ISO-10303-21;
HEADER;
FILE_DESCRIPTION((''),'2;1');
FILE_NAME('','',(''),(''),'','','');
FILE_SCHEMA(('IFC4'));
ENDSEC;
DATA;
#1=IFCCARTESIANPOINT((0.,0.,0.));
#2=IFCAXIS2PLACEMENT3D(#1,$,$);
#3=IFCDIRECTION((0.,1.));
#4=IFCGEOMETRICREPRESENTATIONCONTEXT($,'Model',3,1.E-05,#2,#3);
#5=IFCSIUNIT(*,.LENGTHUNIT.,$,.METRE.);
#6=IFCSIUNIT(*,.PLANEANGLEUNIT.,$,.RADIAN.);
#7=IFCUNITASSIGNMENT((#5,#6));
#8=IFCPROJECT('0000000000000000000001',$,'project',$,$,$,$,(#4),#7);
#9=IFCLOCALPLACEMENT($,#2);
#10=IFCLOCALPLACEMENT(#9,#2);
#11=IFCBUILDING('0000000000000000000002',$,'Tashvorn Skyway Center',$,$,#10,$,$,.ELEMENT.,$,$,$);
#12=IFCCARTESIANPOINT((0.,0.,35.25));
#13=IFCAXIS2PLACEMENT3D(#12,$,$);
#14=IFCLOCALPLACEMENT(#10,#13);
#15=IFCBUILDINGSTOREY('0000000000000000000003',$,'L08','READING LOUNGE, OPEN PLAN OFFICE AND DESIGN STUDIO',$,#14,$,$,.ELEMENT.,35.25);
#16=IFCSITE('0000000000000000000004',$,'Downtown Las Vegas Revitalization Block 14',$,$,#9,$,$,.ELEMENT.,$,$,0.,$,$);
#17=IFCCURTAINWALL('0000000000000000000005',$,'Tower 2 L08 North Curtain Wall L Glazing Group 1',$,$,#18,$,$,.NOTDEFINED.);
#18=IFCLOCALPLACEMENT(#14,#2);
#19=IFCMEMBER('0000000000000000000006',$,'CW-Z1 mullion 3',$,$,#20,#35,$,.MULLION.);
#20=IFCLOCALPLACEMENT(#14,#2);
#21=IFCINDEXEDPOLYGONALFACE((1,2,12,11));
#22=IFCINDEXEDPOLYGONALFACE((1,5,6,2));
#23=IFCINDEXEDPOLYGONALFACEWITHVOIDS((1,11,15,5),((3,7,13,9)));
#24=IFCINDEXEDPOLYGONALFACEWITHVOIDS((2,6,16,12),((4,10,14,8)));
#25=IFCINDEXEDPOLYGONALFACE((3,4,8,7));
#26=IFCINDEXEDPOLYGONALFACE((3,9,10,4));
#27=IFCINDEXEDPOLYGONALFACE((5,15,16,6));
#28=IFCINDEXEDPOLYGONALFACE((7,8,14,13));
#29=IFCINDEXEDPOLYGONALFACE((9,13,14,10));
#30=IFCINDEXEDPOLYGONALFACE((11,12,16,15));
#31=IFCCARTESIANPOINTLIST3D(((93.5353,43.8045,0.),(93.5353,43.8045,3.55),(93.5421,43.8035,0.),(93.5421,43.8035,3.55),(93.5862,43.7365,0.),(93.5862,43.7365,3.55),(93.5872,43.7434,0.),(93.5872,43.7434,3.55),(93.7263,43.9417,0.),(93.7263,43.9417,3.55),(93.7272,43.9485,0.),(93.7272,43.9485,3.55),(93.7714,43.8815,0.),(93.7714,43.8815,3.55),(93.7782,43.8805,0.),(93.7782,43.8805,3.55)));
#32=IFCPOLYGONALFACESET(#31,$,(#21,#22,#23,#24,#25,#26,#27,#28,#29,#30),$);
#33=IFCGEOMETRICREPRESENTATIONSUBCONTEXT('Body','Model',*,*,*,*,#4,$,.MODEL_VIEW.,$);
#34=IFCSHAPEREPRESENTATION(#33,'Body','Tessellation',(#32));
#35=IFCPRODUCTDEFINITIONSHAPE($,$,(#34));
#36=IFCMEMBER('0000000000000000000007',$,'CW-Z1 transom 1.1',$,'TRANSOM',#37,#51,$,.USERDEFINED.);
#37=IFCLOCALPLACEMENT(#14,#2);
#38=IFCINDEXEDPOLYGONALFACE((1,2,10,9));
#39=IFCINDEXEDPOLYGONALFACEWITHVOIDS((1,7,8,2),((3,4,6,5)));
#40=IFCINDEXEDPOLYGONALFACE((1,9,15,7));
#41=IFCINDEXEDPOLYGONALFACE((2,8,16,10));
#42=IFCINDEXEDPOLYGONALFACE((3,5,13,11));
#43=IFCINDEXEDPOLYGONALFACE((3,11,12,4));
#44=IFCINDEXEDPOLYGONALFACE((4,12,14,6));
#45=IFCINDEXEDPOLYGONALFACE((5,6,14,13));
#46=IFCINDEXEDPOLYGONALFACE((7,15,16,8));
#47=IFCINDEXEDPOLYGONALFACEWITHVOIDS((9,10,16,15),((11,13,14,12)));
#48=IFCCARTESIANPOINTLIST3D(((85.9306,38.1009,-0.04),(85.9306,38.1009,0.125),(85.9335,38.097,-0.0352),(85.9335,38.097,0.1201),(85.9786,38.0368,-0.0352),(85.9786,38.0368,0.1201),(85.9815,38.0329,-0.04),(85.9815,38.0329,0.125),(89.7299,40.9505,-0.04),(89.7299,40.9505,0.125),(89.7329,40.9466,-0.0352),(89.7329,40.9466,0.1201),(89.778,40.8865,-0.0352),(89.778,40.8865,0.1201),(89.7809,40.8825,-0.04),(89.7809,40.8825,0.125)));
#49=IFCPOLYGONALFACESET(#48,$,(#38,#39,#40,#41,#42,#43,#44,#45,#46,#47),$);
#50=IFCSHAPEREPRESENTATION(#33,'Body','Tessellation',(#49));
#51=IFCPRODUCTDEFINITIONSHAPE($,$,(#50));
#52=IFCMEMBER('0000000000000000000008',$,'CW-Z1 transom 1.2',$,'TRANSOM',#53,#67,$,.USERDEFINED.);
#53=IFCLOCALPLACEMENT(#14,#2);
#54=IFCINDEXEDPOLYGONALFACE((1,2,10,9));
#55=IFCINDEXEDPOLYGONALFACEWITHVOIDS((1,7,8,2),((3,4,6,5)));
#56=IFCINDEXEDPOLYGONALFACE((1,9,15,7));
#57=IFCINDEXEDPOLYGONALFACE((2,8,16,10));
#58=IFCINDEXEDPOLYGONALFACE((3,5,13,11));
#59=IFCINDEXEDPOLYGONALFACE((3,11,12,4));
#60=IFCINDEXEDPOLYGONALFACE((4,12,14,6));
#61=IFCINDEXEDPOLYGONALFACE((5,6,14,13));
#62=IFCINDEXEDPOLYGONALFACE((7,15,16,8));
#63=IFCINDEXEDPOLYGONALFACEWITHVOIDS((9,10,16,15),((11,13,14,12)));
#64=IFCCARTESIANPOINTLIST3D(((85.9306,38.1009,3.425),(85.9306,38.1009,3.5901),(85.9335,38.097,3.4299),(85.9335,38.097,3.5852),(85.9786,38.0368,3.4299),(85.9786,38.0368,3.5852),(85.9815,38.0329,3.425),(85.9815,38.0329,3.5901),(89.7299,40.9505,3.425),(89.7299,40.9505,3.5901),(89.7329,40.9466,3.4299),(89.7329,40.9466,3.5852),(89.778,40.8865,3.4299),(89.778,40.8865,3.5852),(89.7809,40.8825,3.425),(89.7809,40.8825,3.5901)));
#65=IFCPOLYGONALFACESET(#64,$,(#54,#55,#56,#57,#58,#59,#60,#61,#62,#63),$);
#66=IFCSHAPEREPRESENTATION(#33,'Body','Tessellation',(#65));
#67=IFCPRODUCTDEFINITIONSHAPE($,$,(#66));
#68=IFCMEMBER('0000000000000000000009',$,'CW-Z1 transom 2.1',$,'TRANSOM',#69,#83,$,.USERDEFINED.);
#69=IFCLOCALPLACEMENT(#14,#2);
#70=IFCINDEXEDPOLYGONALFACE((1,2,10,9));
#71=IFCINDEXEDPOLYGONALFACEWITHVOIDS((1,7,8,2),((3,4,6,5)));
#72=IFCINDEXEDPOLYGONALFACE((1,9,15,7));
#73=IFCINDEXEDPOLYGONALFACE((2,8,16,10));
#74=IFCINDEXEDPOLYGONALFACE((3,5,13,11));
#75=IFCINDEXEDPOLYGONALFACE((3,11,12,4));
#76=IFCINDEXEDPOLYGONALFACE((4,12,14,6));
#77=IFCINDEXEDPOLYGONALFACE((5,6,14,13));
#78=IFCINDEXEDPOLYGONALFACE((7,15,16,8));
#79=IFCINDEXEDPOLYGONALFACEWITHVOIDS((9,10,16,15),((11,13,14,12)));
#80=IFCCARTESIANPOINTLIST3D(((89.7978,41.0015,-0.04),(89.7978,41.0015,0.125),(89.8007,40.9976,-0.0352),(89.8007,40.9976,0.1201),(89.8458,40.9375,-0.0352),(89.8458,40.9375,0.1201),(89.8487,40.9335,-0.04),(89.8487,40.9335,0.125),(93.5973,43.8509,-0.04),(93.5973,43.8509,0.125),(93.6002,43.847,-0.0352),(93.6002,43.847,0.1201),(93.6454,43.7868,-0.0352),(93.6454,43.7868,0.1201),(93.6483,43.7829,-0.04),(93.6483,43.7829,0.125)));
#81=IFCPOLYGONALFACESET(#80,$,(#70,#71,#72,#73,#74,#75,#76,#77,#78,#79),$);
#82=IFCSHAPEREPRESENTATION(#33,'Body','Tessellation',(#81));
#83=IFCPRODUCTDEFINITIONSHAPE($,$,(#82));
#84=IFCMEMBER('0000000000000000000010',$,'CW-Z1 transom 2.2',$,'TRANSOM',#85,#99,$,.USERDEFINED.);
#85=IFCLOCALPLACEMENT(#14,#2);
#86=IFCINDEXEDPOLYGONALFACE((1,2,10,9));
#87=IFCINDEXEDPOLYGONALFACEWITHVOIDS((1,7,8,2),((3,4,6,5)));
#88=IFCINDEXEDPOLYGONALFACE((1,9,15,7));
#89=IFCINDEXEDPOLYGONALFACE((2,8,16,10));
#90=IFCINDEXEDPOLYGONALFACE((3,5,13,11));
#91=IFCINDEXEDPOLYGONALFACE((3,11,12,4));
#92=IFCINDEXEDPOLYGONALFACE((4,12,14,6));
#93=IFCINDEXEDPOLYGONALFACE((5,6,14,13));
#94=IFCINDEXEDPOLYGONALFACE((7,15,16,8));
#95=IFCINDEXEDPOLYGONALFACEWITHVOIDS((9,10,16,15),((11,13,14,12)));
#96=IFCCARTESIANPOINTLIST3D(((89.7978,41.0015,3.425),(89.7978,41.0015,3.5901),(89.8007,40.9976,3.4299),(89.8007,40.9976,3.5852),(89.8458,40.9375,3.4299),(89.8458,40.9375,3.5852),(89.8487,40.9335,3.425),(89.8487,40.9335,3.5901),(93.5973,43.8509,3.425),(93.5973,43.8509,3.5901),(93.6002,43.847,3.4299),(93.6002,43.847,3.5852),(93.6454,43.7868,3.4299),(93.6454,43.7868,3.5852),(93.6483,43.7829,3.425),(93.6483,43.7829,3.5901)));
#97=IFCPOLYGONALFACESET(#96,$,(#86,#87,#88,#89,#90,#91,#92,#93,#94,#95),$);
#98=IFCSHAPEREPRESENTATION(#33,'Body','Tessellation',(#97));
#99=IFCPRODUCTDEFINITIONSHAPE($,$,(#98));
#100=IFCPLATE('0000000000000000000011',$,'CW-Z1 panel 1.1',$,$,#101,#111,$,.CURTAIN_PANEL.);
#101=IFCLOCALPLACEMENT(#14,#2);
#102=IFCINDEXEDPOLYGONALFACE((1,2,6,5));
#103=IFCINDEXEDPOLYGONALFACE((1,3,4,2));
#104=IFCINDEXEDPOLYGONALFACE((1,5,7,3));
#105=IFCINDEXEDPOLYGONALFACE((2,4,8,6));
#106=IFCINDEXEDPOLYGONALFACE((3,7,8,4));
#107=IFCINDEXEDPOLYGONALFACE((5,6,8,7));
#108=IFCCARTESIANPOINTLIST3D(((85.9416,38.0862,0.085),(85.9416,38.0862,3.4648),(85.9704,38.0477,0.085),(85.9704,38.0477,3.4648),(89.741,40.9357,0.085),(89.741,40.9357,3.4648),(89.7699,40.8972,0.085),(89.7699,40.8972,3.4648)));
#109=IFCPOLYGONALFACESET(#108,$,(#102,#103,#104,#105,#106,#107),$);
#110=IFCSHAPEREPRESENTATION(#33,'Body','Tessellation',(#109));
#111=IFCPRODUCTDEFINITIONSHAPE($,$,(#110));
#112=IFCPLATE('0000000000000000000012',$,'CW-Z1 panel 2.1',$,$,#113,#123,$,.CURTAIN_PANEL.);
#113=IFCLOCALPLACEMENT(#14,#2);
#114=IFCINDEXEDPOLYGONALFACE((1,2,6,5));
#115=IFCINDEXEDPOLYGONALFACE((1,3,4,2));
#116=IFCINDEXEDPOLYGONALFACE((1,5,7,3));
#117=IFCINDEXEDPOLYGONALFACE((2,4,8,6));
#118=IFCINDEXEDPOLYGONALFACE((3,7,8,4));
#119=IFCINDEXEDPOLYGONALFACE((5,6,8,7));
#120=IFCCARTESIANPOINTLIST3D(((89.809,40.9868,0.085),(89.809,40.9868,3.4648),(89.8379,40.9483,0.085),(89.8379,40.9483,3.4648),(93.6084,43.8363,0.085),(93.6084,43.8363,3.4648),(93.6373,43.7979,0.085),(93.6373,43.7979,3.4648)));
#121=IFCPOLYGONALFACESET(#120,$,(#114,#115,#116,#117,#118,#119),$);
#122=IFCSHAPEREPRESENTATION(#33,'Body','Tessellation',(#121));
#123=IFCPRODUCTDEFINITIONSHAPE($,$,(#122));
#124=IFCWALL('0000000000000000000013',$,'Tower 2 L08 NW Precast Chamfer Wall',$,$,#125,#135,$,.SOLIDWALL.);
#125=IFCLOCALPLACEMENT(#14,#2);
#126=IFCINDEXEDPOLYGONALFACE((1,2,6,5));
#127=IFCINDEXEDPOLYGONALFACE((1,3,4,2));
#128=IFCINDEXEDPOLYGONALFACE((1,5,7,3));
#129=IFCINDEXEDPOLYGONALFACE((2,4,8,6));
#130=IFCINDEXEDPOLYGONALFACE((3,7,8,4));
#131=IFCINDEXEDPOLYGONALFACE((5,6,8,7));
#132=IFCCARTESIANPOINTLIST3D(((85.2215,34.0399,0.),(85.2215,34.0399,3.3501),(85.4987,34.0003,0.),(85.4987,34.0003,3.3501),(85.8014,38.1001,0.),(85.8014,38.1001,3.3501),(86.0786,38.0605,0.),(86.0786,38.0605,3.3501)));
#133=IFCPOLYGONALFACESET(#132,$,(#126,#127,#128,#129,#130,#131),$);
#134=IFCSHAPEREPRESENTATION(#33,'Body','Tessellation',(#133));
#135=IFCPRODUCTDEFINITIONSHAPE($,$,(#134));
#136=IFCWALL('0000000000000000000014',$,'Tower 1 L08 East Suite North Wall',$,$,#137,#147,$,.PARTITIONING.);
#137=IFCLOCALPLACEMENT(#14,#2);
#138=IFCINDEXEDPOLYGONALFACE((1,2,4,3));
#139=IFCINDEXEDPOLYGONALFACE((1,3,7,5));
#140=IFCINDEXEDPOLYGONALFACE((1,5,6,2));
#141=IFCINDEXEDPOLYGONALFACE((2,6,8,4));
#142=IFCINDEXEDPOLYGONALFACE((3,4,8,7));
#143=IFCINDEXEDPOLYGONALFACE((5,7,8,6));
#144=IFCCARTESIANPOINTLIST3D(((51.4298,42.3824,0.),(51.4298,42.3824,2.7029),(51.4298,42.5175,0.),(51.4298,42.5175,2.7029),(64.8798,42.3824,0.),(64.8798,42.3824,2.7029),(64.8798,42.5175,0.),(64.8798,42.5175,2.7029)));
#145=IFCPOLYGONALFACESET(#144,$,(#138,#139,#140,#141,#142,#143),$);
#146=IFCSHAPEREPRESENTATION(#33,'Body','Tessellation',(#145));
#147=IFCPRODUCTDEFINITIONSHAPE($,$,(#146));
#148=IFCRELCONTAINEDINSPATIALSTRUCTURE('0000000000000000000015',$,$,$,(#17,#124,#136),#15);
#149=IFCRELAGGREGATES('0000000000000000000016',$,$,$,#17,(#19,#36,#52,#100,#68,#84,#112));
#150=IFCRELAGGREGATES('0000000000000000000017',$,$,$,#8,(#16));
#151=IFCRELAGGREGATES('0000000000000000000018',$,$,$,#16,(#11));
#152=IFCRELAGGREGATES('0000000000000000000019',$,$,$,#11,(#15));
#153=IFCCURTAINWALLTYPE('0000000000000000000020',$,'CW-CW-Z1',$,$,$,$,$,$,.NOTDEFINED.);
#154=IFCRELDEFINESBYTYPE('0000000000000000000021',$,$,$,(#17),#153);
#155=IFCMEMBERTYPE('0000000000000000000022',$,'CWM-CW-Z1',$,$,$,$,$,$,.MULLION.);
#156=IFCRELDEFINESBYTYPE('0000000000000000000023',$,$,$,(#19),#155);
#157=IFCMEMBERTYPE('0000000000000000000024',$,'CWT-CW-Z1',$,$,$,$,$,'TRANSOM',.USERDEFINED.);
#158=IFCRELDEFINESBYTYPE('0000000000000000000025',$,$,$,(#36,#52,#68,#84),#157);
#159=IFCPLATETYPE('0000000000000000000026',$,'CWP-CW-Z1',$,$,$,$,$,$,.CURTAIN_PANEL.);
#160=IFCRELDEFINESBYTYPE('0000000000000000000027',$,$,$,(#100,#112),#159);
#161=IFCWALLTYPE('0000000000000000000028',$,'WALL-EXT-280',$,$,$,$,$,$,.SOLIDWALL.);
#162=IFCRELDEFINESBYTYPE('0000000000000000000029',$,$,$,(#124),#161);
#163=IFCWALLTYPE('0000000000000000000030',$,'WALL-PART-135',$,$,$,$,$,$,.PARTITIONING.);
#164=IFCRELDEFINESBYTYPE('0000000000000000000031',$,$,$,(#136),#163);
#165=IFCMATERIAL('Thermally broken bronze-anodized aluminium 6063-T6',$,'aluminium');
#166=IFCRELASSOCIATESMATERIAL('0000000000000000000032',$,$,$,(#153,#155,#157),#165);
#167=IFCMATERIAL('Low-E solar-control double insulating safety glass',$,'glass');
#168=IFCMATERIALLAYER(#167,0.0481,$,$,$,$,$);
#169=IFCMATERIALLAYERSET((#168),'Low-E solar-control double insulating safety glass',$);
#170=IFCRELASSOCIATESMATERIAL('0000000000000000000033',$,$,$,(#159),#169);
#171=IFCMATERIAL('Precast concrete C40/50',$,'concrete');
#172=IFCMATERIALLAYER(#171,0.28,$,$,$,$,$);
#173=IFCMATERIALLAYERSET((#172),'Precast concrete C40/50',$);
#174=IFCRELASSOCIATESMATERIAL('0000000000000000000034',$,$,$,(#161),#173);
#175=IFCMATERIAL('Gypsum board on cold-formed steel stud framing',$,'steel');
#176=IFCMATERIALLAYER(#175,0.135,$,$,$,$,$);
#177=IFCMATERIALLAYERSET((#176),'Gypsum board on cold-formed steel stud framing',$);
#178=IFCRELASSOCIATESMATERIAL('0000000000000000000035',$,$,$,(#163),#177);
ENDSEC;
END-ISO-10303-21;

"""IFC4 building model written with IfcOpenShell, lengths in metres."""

from ifc_helpers import new_model, si_unit, direction, frame, frame_2d, origin, origin_2d, place, context, subcontext, project, spatial, rectangle, hollow_rectangle, extrude, material, layer, layer_set, material_profile, profile_set, type_object, element, aggregate, save


model = new_model("IFC4")

# Units and contexts
model_context = context("Model", 3, precision=1e-05, world=origin(), true_north=direction((0.0, 1.0)))
body_context = subcontext(model_context, "Body", "Model", "MODEL_VIEW")
ifc_project = project(units=[si_unit("LENGTHUNIT", "METRE"), si_unit("PLANEANGLEUNIT", "RADIAN")], contexts=[model_context])

# Site, building, storey
site_placement = place(None, origin())
site = spatial("IfcSite", under=ifc_project, at=site_placement, Name="Downtown Las Vegas Revitalization Block 14", CompositionType="ELEMENT", RefElevation=0.0)
building_placement = place(site_placement, origin())
building = spatial("IfcBuilding", under=site, at=building_placement, Name="Tashvorn Skyway Center", CompositionType="ELEMENT")
storey_placement = place(building_placement, frame((0.0, 0.0, 35.25)))
storey = spatial("IfcBuildingStorey", under=building, at=storey_placement, Name="L08", Description="READING LOUNGE, OPEN PLAN OFFICE AND DESIGN STUDIO", CompositionType="ELEMENT", Elevation=35.25)

# Shared definitions
ifc_material_1 = material(Name="Thermally broken bronze-anodized aluminium 6063-T6", Category="aluminium")
curtain_wall_type = type_object("IfcCurtainWallType", Name="CW-CW-Z1", PredefinedType="NOTDEFINED", material=ifc_material_1)
ifc_material_profile_1 = material_profile(ifc_material_1, hollow_rectangle(XDim=0.085, YDim=0.24, WallThickness=0.0049, at=origin_2d()), Name="ALU-MULL-85x240")
ifc_profile_set_1 = profile_set([ifc_material_profile_1], Name="Thermally broken bronze-anodized aluminium 6063-T6")
member_type_1 = type_object("IfcMemberType", Name="CWM-CW-Z1", PredefinedType="MULLION", material=ifc_profile_set_1)

# Curtain wall, members, plates
curtain_wall_1_placement = place(storey_placement, origin())
curtain_wall_1 = element("IfcCurtainWall", 1, at=curtain_wall_1_placement, inside=storey, type_object=curtain_wall_type, Name="Tower 2 L08 North Curtain Wall L Glazing Group 1", PredefinedType="NOTDEFINED")
member_1_placement = place(storey_placement, frame((93.6567, 43.8425, 0.0), z_axis=(0.0, 0.0, 1.0), x_axis=(-0.599998, 0.800001, 0.0)))
member_1 = element("IfcMember", 2, at=member_1_placement, type_object=member_type_1, Name="CW-Z1 mullion 3", PredefinedType="MULLION", context=body_context, shape_type="SweptSolid", body=[
    extrude(hollow_rectangle(XDim=0.085, YDim=0.24, WallThickness=0.0049, at=origin_2d()), origin(), (0.0, 0.0, 1.0), 3.55),
])
ifc_material_profile_2 = material_profile(ifc_material_1, hollow_rectangle(XDim=0.085, YDim=0.165, WallThickness=0.0049, at=origin_2d()), Name="ALU-TRAN-85x165")
ifc_profile_set_2 = profile_set([ifc_material_profile_2], Name="Thermally broken bronze-anodized aluminium 6063-T6")
member_type_2 = type_object("IfcMemberType", Name="CWT-CW-Z1", ElementType="TRANSOM", PredefinedType="USERDEFINED", material=ifc_profile_set_2)
member_2_placement = place(storey_placement, frame((85.9561, 38.0669, 0.0425), z_axis=(0.799988, 0.600016, 0.0), x_axis=(-0.600016, 0.799988, 0.0)))
member_2 = element("IfcMember", 3, at=member_2_placement, type_object=member_type_2, Name="CW-Z1 transom 1.1", ObjectType="TRANSOM", PredefinedType="USERDEFINED", context=body_context, shape_type="SweptSolid", body=[
    extrude(hollow_rectangle(XDim=0.085, YDim=0.165, WallThickness=0.0049, at=origin_2d()), origin(), (0.0, 0.0, 1.0), 4.7493),
])
member_3_placement = place(storey_placement, frame((85.9561, 38.0669, 3.5076), z_axis=(0.799988, 0.600016, 0.0), x_axis=(-0.600016, 0.799988, 0.0)))
member_3 = element("IfcMember", 4, at=member_3_placement, type_object=member_type_2, Name="CW-Z1 transom 1.2", ObjectType="TRANSOM", PredefinedType="USERDEFINED", context=body_context, shape_type="SweptSolid", body=[
    extrude(hollow_rectangle(XDim=0.085, YDim=0.165, WallThickness=0.0049, at=origin_2d()), origin(), (0.0, 0.0, 1.0), 4.7493),
])
member_4_placement = place(storey_placement, frame((89.8232, 40.9675, 0.0425), z_axis=(0.800031, 0.599959, 0.0), x_axis=(-0.599959, 0.800031, 0.0)))
member_4 = element("IfcMember", 5, at=member_4_placement, type_object=member_type_2, Name="CW-Z1 transom 2.1", ObjectType="TRANSOM", PredefinedType="USERDEFINED", context=body_context, shape_type="SweptSolid", body=[
    extrude(hollow_rectangle(XDim=0.085, YDim=0.165, WallThickness=0.0049, at=origin_2d()), origin(), (0.0, 0.0, 1.0), 4.7493),
])
member_5_placement = place(storey_placement, frame((89.8232, 40.9675, 3.5076), z_axis=(0.800031, 0.599959, 0.0), x_axis=(-0.599959, 0.800031, 0.0)))
member_5 = element("IfcMember", 6, at=member_5_placement, type_object=member_type_2, Name="CW-Z1 transom 2.2", ObjectType="TRANSOM", PredefinedType="USERDEFINED", context=body_context, shape_type="SweptSolid", body=[
    extrude(hollow_rectangle(XDim=0.085, YDim=0.165, WallThickness=0.0049, at=origin_2d()), origin(), (0.0, 0.0, 1.0), 4.7493),
])
ifc_material_2 = material(Name="Low-E solar-control double insulating safety glass", Category="glass")
ifc_layer_1 = layer(ifc_material_2, 0.0481)
ifc_layer_set_1 = layer_set([ifc_layer_1], Name="Low-E solar-control double insulating safety glass")
plate_type = type_object("IfcPlateType", Name="CWP-CW-Z1", PredefinedType="CURTAIN_PANEL", material=ifc_layer_set_1)
plate_1_placement = place(storey_placement, frame((87.8557, 39.4917, 0.085), z_axis=(0.0, 0.0, 1.0), x_axis=(0.800001, 0.599998, 0.0)))
plate_1 = element("IfcPlate", 7, at=plate_1_placement, type_object=plate_type, Name="CW-Z1 panel 1.1", PredefinedType="CURTAIN_PANEL", context=body_context, shape_type="SweptSolid", body=[
    extrude(rectangle(XDim=4.7493, YDim=0.0481, at=origin_2d()), origin(), (0.0, 0.0, 1.0), 3.3799),
])
plate_2_placement = place(storey_placement, frame((91.7231, 42.3923, 0.085), z_axis=(0.0, 0.0, 1.0), x_axis=(0.800001, 0.599998, 0.0)))
plate_2 = element("IfcPlate", 8, at=plate_2_placement, type_object=plate_type, Name="CW-Z1 panel 2.1", PredefinedType="CURTAIN_PANEL", context=body_context, shape_type="SweptSolid", body=[
    extrude(rectangle(XDim=4.7493, YDim=0.0481, at=origin_2d()), origin(), (0.0, 0.0, 1.0), 3.3799),
])
aggregate(curtain_wall_1, [member_1, member_2, member_3, plate_1, member_4, member_5, plate_2])

# Shared definitions
ifc_material_3 = material(Name="Precast concrete C40/50", Category="concrete")
ifc_layer_2 = layer(ifc_material_3, 0.28)
ifc_layer_set_2 = layer_set([ifc_layer_2], Name="Precast concrete C40/50")
wall_type_1 = type_object("IfcWallType", Name="WALL-EXT-280", PredefinedType="SOLIDWALL", material=ifc_layer_set_2)

# Walls
wall_1_placement = place(storey_placement, frame((85.3601, 34.02, 0.0), z_axis=(0.0, 0.0, 1.0), x_axis=(0.14138, 0.989955, 0.0)))
element("IfcWall", 9, at=wall_1_placement, inside=storey, type_object=wall_type_1, Name="Tower 2 L08 NW Precast Chamfer Wall", PredefinedType="SOLIDWALL", context=body_context, shape_type="SweptSolid", body=[
    extrude(rectangle(XDim=4.1013, YDim=0.28, at=frame_2d((2.0508, 0.0))), origin(), (0.0, 0.0, 1.0), 3.3501),
])
ifc_material_4 = material(Name="Gypsum board on cold-formed steel stud framing", Category="steel")
ifc_layer_3 = layer(ifc_material_4, 0.135)
ifc_layer_set_3 = layer_set([ifc_layer_3], Name="Gypsum board on cold-formed steel stud framing")
wall_type_2 = type_object("IfcWallType", Name="WALL-PART-135", PredefinedType="PARTITIONING", material=ifc_layer_set_3)
wall_2_placement = place(storey_placement, frame((64.8799, 42.45, 0.0), z_axis=(0.0, 0.0, 1.0), x_axis=(-1.0, 0.0, 0.0)))
element("IfcWall", 10, at=wall_2_placement, inside=storey, type_object=wall_type_2, Name="Tower 1 L08 East Suite North Wall", PredefinedType="PARTITIONING", context=body_context, shape_type="SweptSolid", body=[
    extrude(rectangle(XDim=13.45, YDim=0.135, at=frame_2d((6.7251, 0.0))), origin(), (0.0, 0.0, 1.0), 2.7029),
])

save(model, "model.ifc")
